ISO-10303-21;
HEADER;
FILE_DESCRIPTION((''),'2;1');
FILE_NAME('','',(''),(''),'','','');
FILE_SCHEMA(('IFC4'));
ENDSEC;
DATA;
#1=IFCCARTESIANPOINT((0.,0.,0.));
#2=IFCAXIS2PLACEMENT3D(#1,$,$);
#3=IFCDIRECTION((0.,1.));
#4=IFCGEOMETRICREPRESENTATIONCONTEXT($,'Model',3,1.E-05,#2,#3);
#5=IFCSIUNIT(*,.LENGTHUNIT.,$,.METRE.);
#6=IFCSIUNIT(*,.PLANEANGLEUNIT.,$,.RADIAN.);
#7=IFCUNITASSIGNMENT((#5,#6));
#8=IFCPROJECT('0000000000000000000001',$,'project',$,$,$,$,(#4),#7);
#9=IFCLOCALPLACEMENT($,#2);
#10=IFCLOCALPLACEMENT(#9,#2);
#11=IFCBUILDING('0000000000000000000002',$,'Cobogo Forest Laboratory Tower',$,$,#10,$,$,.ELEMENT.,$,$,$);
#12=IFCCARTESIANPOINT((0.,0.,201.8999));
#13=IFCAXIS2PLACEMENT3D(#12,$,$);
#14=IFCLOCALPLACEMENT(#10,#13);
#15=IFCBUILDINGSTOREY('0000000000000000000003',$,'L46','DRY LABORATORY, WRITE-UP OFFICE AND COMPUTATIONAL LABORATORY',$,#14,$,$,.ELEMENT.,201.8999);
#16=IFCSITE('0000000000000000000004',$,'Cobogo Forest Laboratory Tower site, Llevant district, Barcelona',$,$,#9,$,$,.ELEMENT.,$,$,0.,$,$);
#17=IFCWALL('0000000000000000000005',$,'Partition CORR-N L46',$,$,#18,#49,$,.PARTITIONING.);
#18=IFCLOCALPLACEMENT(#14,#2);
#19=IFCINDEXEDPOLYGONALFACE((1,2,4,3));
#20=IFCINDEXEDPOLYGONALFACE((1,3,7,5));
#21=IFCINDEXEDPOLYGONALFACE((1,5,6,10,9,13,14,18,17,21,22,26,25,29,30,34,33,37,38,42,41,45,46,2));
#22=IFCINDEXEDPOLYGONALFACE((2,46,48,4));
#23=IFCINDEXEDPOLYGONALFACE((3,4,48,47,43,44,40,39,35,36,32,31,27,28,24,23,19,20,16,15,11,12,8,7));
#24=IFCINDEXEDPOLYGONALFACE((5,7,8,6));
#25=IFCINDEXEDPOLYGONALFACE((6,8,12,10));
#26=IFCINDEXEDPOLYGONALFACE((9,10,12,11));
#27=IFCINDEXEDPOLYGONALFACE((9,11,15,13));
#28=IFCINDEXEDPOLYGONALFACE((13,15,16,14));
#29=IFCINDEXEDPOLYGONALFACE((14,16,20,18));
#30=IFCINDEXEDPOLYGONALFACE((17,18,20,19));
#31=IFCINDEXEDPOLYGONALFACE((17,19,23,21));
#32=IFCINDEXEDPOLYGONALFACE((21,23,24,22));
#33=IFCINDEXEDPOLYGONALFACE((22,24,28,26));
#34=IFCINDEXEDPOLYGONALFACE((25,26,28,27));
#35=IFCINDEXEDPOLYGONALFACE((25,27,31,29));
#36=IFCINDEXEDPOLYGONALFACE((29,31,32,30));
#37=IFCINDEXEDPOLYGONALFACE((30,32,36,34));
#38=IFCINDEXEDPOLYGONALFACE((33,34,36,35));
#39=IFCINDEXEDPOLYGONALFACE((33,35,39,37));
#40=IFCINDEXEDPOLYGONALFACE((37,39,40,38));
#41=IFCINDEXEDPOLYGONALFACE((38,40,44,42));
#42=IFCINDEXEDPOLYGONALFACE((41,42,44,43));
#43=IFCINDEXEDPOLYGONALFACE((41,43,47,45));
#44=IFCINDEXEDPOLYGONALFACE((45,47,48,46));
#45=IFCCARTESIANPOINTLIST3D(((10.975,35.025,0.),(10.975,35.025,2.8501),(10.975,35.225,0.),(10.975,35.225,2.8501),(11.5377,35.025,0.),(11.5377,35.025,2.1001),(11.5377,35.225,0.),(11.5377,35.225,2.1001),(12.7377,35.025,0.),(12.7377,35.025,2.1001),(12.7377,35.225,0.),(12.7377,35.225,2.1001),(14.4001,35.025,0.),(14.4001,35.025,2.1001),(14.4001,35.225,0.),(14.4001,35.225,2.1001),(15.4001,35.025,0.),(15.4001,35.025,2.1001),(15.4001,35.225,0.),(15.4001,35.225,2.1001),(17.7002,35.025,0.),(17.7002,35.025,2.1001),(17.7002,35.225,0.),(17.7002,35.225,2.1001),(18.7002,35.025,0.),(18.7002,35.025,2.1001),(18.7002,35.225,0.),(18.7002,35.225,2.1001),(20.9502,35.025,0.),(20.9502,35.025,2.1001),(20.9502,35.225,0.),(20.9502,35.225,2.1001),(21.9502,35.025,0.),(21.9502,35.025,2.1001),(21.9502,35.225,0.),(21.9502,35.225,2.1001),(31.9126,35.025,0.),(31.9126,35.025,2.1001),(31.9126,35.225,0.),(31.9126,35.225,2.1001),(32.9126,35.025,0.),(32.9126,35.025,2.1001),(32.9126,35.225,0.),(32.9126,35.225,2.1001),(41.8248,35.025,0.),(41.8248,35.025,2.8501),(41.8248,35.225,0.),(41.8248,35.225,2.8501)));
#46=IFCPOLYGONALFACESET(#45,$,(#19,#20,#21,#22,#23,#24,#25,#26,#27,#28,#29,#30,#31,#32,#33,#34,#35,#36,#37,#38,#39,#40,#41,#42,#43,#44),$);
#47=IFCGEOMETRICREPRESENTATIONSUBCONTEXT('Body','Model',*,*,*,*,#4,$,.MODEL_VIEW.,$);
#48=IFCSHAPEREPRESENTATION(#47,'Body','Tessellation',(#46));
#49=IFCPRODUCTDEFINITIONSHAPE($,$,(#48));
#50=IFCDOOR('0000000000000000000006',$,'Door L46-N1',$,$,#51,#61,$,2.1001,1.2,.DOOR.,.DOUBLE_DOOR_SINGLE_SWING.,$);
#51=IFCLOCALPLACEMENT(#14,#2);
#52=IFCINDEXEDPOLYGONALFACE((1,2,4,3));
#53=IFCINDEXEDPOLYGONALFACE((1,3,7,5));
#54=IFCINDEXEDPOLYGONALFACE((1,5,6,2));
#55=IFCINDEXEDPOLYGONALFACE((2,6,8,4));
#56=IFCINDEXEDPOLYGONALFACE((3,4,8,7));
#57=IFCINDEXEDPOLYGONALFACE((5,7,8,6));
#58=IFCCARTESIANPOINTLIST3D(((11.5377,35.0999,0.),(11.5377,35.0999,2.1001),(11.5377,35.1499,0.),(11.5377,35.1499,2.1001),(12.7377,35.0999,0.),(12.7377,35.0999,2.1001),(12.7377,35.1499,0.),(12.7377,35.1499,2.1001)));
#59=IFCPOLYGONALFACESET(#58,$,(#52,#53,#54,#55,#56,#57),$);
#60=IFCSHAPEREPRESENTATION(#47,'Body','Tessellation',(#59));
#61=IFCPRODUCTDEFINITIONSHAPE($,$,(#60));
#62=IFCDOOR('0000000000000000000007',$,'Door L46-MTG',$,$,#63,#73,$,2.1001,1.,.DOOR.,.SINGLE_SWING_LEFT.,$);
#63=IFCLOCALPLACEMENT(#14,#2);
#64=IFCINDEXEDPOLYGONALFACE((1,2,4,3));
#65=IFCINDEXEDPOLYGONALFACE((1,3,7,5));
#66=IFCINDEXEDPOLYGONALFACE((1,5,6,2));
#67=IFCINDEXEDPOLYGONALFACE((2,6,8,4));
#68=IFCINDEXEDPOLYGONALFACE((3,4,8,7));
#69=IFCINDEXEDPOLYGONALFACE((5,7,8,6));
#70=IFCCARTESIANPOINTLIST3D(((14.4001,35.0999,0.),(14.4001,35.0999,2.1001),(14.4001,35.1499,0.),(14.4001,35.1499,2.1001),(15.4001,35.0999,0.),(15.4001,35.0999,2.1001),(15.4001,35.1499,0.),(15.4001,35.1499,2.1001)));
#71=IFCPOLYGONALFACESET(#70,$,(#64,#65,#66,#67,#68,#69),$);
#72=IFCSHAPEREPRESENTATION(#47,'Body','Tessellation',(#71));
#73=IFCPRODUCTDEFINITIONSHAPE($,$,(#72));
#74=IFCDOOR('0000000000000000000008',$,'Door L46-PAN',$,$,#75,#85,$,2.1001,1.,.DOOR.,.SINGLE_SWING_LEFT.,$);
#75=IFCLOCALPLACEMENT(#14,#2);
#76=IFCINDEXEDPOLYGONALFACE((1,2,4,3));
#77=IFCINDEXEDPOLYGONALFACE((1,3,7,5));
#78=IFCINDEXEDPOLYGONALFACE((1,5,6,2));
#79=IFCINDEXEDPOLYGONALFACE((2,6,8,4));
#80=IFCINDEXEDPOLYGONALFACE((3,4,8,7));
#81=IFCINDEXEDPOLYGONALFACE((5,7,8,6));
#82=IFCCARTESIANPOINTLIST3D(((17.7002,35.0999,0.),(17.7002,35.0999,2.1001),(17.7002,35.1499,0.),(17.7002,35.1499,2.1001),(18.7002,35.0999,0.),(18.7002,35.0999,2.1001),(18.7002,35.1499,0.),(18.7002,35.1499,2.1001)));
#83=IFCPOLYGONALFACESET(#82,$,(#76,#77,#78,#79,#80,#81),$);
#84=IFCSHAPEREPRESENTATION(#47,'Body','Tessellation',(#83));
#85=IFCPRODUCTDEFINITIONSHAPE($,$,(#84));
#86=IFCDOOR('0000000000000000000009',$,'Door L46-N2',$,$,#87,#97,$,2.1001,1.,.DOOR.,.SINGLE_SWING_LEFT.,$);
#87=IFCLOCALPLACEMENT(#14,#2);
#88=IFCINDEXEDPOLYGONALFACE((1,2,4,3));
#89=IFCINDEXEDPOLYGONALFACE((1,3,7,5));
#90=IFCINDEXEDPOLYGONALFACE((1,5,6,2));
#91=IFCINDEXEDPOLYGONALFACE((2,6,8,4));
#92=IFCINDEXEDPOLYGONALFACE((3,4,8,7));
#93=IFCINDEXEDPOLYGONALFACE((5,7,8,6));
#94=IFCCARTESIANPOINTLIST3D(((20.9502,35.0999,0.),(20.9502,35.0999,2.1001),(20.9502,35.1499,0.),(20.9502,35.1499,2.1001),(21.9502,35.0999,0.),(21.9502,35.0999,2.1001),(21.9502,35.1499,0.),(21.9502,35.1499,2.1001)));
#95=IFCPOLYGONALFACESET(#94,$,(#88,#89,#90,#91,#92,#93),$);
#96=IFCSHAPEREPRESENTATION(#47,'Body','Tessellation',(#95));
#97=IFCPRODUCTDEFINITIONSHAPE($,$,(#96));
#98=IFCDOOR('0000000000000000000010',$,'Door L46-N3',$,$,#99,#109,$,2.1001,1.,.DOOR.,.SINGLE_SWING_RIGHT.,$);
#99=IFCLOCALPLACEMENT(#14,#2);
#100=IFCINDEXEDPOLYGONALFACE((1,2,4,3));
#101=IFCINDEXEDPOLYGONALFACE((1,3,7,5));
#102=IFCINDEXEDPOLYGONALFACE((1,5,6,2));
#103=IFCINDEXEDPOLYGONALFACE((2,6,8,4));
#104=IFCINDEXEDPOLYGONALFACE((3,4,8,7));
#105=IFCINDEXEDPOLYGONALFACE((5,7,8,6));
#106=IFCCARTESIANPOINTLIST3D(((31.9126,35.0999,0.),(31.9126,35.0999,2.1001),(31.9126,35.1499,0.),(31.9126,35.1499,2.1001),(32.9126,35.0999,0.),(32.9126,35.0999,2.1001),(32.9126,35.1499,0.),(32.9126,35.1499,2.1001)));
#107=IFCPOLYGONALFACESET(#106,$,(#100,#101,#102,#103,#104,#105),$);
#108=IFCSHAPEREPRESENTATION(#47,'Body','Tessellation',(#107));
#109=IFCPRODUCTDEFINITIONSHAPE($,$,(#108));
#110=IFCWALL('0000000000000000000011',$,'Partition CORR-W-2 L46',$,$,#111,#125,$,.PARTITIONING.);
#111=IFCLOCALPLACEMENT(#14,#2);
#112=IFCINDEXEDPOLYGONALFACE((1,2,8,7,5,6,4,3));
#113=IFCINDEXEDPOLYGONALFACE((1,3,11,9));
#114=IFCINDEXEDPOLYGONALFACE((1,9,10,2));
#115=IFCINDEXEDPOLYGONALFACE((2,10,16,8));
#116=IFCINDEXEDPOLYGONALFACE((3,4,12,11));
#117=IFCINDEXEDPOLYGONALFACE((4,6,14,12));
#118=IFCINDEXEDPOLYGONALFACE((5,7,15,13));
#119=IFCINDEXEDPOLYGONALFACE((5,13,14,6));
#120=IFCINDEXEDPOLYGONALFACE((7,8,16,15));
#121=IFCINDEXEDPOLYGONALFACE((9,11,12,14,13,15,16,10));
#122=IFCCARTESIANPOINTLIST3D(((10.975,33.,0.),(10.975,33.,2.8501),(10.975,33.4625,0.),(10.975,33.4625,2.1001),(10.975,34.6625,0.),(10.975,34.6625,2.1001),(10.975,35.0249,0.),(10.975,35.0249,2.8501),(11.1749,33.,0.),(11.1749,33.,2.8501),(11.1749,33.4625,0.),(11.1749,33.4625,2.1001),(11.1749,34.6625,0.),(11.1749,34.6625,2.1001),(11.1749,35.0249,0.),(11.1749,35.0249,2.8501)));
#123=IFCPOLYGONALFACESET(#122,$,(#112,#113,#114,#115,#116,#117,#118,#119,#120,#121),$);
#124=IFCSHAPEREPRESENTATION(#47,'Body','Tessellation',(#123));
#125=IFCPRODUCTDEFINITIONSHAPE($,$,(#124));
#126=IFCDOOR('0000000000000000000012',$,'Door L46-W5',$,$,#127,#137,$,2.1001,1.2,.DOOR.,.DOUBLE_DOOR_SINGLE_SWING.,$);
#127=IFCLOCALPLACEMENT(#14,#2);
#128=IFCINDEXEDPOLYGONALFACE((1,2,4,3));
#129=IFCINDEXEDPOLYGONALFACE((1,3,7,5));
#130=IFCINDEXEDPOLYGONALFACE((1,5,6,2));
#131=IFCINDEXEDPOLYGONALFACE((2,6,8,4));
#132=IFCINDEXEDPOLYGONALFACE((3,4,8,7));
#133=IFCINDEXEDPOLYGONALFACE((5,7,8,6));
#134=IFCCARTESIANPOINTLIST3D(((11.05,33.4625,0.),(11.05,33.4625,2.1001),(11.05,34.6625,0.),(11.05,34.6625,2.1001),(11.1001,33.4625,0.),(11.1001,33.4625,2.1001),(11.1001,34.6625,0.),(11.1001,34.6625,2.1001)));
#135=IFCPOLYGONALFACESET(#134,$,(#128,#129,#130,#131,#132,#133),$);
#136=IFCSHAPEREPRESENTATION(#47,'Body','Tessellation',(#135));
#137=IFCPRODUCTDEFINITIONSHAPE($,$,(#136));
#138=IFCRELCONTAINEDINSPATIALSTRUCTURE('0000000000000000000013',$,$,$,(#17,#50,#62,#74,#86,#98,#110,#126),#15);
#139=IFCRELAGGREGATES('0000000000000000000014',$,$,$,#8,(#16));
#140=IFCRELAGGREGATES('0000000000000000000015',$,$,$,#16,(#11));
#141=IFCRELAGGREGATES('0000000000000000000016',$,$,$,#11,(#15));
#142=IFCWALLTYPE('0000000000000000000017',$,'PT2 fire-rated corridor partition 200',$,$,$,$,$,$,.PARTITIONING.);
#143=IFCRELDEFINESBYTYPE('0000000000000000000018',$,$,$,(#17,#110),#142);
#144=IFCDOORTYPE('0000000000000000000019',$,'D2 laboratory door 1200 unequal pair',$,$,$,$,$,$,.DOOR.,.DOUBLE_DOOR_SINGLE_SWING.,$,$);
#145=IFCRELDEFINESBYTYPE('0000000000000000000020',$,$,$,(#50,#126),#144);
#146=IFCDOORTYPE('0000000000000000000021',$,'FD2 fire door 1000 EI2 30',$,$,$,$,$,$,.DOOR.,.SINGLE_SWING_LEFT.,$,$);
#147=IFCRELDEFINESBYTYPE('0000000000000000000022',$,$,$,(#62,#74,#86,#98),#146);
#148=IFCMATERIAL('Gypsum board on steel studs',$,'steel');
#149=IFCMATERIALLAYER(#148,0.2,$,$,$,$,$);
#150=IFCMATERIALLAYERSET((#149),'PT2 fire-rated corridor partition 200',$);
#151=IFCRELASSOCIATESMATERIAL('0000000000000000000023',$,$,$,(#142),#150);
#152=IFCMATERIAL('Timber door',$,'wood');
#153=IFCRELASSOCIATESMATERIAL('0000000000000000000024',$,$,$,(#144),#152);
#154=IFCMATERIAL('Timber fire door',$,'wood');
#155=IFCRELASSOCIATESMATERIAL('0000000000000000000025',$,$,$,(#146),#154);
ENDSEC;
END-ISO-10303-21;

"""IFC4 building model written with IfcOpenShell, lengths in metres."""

from ifc_helpers import new_model, si_unit, direction, frame, frame_2d, origin, place, context, subcontext, project, spatial, rectangle, extrude, material, layer, layer_set, type_object, element, fill, save


model = new_model("IFC4")

# Units and contexts
model_context = context("Model", 3, precision=1e-05, world=origin(), true_north=direction((0.0, 1.0)))
body_context = subcontext(model_context, "Body", "Model", "MODEL_VIEW")
ifc_project = project(units=[si_unit("LENGTHUNIT", "METRE"), si_unit("PLANEANGLEUNIT", "RADIAN")], contexts=[model_context])

# Site, building, storey
site_placement = place(None, origin())
site = spatial("IfcSite", under=ifc_project, at=site_placement, Name="Cobogo Forest Laboratory Tower site, Llevant district, Barcelona", CompositionType="ELEMENT", RefElevation=0.0)
building_placement = place(site_placement, origin())
building = spatial("IfcBuilding", under=site, at=building_placement, Name="Cobogo Forest Laboratory Tower", CompositionType="ELEMENT")
storey_placement = place(building_placement, frame((0.0, 0.0, 201.8999)))
storey = spatial("IfcBuildingStorey", under=building, at=storey_placement, Name="L46", Description="DRY LABORATORY, WRITE-UP OFFICE AND COMPUTATIONAL LABORATORY", CompositionType="ELEMENT", Elevation=201.8999)

# Shared definitions
ifc_material_1 = material(Name="Gypsum board on steel studs", Category="steel")

# Wall, openings, doors
ifc_layer_1 = layer(ifc_material_1, 0.2)
ifc_layer_set_1 = layer_set([ifc_layer_1], Name="PT2 fire-rated corridor partition 200")
wall_type_1 = type_object("IfcWallType", Name="PT2 fire-rated corridor partition 200", PredefinedType="PARTITIONING", material=ifc_layer_set_1)
wall_1_placement = place(storey_placement, frame((10.9751, 35.125, 0.0), z_axis=(0.0, 0.0, 1.0), x_axis=(1.0, 0.0, 0.0)))
wall_1 = element("IfcWall", 1, at=wall_1_placement, inside=storey, type_object=wall_type_1, Name="Partition CORR-N L46", PredefinedType="PARTITIONING", context=body_context, shape_type="SweptSolid", body=[
    extrude(rectangle(XDim=30.8499, YDim=0.2, at=frame_2d((15.4248, 0.0))), origin(), (0.0, 0.0, 1.0), 2.8501),
])
opening_1_placement = place(wall_1_placement, frame((0.5625, 0.0, 0.0)))
opening_1 = element("IfcOpeningElement", 2, at=opening_1_placement, cuts=wall_1, PredefinedType="OPENING", context=body_context, shape_type="SweptSolid", body=[
    extrude(rectangle(XDim=1.2, YDim=2.1001, at=frame_2d((0.6001, 1.05))), frame((0.0, 0.1099, 0.0), z_axis=(0.0, -1.0, 0.0), x_axis=(1.0, 0.0, 0.0)), (0.0, 0.0, 1.0), 0.22),
])
opening_2_placement = place(wall_1_placement, frame((3.425, 0.0, 0.0)))
opening_2 = element("IfcOpeningElement", 3, at=opening_2_placement, cuts=wall_1, PredefinedType="OPENING", context=body_context, shape_type="SweptSolid", body=[
    extrude(rectangle(XDim=1.0, YDim=2.1001, at=frame_2d((0.5, 1.05))), frame((0.0, 0.1099, 0.0), z_axis=(0.0, -1.0, 0.0), x_axis=(1.0, 0.0, 0.0)), (0.0, 0.0, 1.0), 0.22),
])
opening_3_placement = place(wall_1_placement, frame((6.7251, 0.0, 0.0)))
opening_3 = element("IfcOpeningElement", 4, at=opening_3_placement, cuts=wall_1, PredefinedType="OPENING", context=body_context, shape_type="SweptSolid", body=[
    extrude(rectangle(XDim=1.0, YDim=2.1001, at=frame_2d((0.5, 1.05))), frame((0.0, 0.1099, 0.0), z_axis=(0.0, -1.0, 0.0), x_axis=(1.0, 0.0, 0.0)), (0.0, 0.0, 1.0), 0.22),
])
opening_4_placement = place(wall_1_placement, frame((9.9751, 0.0, 0.0)))
opening_4 = element("IfcOpeningElement", 5, at=opening_4_placement, cuts=wall_1, PredefinedType="OPENING", context=body_context, shape_type="SweptSolid", body=[
    extrude(rectangle(XDim=1.0, YDim=2.1001, at=frame_2d((0.5, 1.05))), frame((0.0, 0.1099, 0.0), z_axis=(0.0, -1.0, 0.0), x_axis=(1.0, 0.0, 0.0)), (0.0, 0.0, 1.0), 0.22),
])
opening_5_placement = place(wall_1_placement, frame((20.9375, 0.0, 0.0)))
opening_5 = element("IfcOpeningElement", 6, at=opening_5_placement, cuts=wall_1, PredefinedType="OPENING", context=body_context, shape_type="SweptSolid", body=[
    extrude(rectangle(XDim=1.0, YDim=2.1001, at=frame_2d((0.5, 1.05))), frame((0.0, 0.1099, 0.0), z_axis=(0.0, -1.0, 0.0), x_axis=(1.0, 0.0, 0.0)), (0.0, 0.0, 1.0), 0.22),
])
ifc_material_2 = material(Name="Timber door", Category="wood")
door_type_1 = type_object("IfcDoorType", Name="D2 laboratory door 1200 unequal pair", OperationType="DOUBLE_DOOR_SINGLE_SWING", PredefinedType="DOOR", material=ifc_material_2)
door_1_placement = place(opening_1_placement, origin())
door_1 = element("IfcDoor", 7, at=door_1_placement, inside=storey, type_object=door_type_1, Name="Door L46-N1", OperationType="DOUBLE_DOOR_SINGLE_SWING", OverallHeight=2.1001, OverallWidth=1.2, PredefinedType="DOOR", context=body_context, shape_type="SweptSolid", body=[
    extrude(rectangle(XDim=1.2, YDim=2.1001, at=frame_2d((0.6001, 1.05))), frame((0.0, 0.0249, 0.0), z_axis=(0.0, -1.0, 0.0), x_axis=(1.0, 0.0, 0.0)), (0.0, 0.0, 1.0), 0.05),
])
fill(opening_1, door_1)
ifc_material_3 = material(Name="Timber fire door", Category="wood")
door_type_2 = type_object("IfcDoorType", Name="FD2 fire door 1000 EI2 30", OperationType="SINGLE_SWING_LEFT", PredefinedType="DOOR", material=ifc_material_3)
door_2_placement = place(opening_2_placement, origin())
door_2 = element("IfcDoor", 8, at=door_2_placement, inside=storey, type_object=door_type_2, Name="Door L46-MTG", OperationType="SINGLE_SWING_LEFT", OverallHeight=2.1001, OverallWidth=1.0, PredefinedType="DOOR", context=body_context, shape_type="SweptSolid", body=[
    extrude(rectangle(XDim=1.0, YDim=2.1001, at=frame_2d((0.5, 1.05))), frame((0.0, 0.0249, 0.0), z_axis=(0.0, -1.0, 0.0), x_axis=(1.0, 0.0, 0.0)), (0.0, 0.0, 1.0), 0.05),
])
fill(opening_2, door_2)
door_3_placement = place(opening_3_placement, origin())
door_3 = element("IfcDoor", 9, at=door_3_placement, inside=storey, type_object=door_type_2, Name="Door L46-PAN", OperationType="SINGLE_SWING_LEFT", OverallHeight=2.1001, OverallWidth=1.0, PredefinedType="DOOR", context=body_context, shape_type="SweptSolid", body=[
    extrude(rectangle(XDim=1.0, YDim=2.1001, at=frame_2d((0.5, 1.05))), frame((0.0, 0.0249, 0.0), z_axis=(0.0, -1.0, 0.0), x_axis=(1.0, 0.0, 0.0)), (0.0, 0.0, 1.0), 0.05),
])
fill(opening_3, door_3)
door_4_placement = place(opening_4_placement, origin())
door_4 = element("IfcDoor", 10, at=door_4_placement, inside=storey, type_object=door_type_2, Name="Door L46-N2", OperationType="SINGLE_SWING_LEFT", OverallHeight=2.1001, OverallWidth=1.0, PredefinedType="DOOR", context=body_context, shape_type="SweptSolid", body=[
    extrude(rectangle(XDim=1.0, YDim=2.1001, at=frame_2d((0.5, 1.05))), frame((0.0, 0.0249, 0.0), z_axis=(0.0, -1.0, 0.0), x_axis=(1.0, 0.0, 0.0)), (0.0, 0.0, 1.0), 0.05),
])
fill(opening_4, door_4)
door_5_placement = place(opening_5_placement, origin())
door_5 = element("IfcDoor", 11, at=door_5_placement, inside=storey, type_object=door_type_2, Name="Door L46-N3", OperationType="SINGLE_SWING_RIGHT", OverallHeight=2.1001, OverallWidth=1.0, PredefinedType="DOOR", context=body_context, shape_type="SweptSolid", body=[
    extrude(rectangle(XDim=1.0, YDim=2.1001, at=frame_2d((0.5, 1.05))), frame((0.0, 0.0249, 0.0), z_axis=(0.0, -1.0, 0.0), x_axis=(1.0, 0.0, 0.0)), (0.0, 0.0, 1.0), 0.05),
])
fill(opening_5, door_5)

# Wall, opening, door
wall_2_placement = place(storey_placement, frame((11.075, 33.0, 0.0), z_axis=(0.0, 0.0, 1.0), x_axis=(0.0, 1.0, 0.0)))
wall_2 = element("IfcWall", 12, at=wall_2_placement, inside=storey, type_object=wall_type_1, Name="Partition CORR-W-2 L46", PredefinedType="PARTITIONING", context=body_context, shape_type="SweptSolid", body=[
    extrude(rectangle(XDim=2.0249, YDim=0.2, at=frame_2d((1.0125, 0.0))), origin(), (0.0, 0.0, 1.0), 2.8501),
])
opening_6_placement = place(wall_2_placement, frame((0.4624, 0.0, 0.0)))
opening_6 = element("IfcOpeningElement", 13, at=opening_6_placement, cuts=wall_2, PredefinedType="OPENING", context=body_context, shape_type="SweptSolid", body=[
    extrude(rectangle(XDim=1.2, YDim=2.1001, at=frame_2d((0.6001, 1.05))), frame((0.0, 0.1099, 0.0), z_axis=(0.0, -1.0, 0.0), x_axis=(1.0, 0.0, 0.0)), (0.0, 0.0, 1.0), 0.22),
])
door_6_placement = place(opening_6_placement, origin())
door_6 = element("IfcDoor", 14, at=door_6_placement, inside=storey, type_object=door_type_1, Name="Door L46-W5", OperationType="DOUBLE_DOOR_SINGLE_SWING", OverallHeight=2.1001, OverallWidth=1.2, PredefinedType="DOOR", context=body_context, shape_type="SweptSolid", body=[
    extrude(rectangle(XDim=1.2, YDim=2.1001, at=frame_2d((0.6001, 1.05))), frame((0.0, 0.0249, 0.0), z_axis=(0.0, -1.0, 0.0), x_axis=(1.0, 0.0, 0.0)), (0.0, 0.0, 1.0), 0.05),
])
fill(opening_6, door_6)

save(model, "model.ifc")
